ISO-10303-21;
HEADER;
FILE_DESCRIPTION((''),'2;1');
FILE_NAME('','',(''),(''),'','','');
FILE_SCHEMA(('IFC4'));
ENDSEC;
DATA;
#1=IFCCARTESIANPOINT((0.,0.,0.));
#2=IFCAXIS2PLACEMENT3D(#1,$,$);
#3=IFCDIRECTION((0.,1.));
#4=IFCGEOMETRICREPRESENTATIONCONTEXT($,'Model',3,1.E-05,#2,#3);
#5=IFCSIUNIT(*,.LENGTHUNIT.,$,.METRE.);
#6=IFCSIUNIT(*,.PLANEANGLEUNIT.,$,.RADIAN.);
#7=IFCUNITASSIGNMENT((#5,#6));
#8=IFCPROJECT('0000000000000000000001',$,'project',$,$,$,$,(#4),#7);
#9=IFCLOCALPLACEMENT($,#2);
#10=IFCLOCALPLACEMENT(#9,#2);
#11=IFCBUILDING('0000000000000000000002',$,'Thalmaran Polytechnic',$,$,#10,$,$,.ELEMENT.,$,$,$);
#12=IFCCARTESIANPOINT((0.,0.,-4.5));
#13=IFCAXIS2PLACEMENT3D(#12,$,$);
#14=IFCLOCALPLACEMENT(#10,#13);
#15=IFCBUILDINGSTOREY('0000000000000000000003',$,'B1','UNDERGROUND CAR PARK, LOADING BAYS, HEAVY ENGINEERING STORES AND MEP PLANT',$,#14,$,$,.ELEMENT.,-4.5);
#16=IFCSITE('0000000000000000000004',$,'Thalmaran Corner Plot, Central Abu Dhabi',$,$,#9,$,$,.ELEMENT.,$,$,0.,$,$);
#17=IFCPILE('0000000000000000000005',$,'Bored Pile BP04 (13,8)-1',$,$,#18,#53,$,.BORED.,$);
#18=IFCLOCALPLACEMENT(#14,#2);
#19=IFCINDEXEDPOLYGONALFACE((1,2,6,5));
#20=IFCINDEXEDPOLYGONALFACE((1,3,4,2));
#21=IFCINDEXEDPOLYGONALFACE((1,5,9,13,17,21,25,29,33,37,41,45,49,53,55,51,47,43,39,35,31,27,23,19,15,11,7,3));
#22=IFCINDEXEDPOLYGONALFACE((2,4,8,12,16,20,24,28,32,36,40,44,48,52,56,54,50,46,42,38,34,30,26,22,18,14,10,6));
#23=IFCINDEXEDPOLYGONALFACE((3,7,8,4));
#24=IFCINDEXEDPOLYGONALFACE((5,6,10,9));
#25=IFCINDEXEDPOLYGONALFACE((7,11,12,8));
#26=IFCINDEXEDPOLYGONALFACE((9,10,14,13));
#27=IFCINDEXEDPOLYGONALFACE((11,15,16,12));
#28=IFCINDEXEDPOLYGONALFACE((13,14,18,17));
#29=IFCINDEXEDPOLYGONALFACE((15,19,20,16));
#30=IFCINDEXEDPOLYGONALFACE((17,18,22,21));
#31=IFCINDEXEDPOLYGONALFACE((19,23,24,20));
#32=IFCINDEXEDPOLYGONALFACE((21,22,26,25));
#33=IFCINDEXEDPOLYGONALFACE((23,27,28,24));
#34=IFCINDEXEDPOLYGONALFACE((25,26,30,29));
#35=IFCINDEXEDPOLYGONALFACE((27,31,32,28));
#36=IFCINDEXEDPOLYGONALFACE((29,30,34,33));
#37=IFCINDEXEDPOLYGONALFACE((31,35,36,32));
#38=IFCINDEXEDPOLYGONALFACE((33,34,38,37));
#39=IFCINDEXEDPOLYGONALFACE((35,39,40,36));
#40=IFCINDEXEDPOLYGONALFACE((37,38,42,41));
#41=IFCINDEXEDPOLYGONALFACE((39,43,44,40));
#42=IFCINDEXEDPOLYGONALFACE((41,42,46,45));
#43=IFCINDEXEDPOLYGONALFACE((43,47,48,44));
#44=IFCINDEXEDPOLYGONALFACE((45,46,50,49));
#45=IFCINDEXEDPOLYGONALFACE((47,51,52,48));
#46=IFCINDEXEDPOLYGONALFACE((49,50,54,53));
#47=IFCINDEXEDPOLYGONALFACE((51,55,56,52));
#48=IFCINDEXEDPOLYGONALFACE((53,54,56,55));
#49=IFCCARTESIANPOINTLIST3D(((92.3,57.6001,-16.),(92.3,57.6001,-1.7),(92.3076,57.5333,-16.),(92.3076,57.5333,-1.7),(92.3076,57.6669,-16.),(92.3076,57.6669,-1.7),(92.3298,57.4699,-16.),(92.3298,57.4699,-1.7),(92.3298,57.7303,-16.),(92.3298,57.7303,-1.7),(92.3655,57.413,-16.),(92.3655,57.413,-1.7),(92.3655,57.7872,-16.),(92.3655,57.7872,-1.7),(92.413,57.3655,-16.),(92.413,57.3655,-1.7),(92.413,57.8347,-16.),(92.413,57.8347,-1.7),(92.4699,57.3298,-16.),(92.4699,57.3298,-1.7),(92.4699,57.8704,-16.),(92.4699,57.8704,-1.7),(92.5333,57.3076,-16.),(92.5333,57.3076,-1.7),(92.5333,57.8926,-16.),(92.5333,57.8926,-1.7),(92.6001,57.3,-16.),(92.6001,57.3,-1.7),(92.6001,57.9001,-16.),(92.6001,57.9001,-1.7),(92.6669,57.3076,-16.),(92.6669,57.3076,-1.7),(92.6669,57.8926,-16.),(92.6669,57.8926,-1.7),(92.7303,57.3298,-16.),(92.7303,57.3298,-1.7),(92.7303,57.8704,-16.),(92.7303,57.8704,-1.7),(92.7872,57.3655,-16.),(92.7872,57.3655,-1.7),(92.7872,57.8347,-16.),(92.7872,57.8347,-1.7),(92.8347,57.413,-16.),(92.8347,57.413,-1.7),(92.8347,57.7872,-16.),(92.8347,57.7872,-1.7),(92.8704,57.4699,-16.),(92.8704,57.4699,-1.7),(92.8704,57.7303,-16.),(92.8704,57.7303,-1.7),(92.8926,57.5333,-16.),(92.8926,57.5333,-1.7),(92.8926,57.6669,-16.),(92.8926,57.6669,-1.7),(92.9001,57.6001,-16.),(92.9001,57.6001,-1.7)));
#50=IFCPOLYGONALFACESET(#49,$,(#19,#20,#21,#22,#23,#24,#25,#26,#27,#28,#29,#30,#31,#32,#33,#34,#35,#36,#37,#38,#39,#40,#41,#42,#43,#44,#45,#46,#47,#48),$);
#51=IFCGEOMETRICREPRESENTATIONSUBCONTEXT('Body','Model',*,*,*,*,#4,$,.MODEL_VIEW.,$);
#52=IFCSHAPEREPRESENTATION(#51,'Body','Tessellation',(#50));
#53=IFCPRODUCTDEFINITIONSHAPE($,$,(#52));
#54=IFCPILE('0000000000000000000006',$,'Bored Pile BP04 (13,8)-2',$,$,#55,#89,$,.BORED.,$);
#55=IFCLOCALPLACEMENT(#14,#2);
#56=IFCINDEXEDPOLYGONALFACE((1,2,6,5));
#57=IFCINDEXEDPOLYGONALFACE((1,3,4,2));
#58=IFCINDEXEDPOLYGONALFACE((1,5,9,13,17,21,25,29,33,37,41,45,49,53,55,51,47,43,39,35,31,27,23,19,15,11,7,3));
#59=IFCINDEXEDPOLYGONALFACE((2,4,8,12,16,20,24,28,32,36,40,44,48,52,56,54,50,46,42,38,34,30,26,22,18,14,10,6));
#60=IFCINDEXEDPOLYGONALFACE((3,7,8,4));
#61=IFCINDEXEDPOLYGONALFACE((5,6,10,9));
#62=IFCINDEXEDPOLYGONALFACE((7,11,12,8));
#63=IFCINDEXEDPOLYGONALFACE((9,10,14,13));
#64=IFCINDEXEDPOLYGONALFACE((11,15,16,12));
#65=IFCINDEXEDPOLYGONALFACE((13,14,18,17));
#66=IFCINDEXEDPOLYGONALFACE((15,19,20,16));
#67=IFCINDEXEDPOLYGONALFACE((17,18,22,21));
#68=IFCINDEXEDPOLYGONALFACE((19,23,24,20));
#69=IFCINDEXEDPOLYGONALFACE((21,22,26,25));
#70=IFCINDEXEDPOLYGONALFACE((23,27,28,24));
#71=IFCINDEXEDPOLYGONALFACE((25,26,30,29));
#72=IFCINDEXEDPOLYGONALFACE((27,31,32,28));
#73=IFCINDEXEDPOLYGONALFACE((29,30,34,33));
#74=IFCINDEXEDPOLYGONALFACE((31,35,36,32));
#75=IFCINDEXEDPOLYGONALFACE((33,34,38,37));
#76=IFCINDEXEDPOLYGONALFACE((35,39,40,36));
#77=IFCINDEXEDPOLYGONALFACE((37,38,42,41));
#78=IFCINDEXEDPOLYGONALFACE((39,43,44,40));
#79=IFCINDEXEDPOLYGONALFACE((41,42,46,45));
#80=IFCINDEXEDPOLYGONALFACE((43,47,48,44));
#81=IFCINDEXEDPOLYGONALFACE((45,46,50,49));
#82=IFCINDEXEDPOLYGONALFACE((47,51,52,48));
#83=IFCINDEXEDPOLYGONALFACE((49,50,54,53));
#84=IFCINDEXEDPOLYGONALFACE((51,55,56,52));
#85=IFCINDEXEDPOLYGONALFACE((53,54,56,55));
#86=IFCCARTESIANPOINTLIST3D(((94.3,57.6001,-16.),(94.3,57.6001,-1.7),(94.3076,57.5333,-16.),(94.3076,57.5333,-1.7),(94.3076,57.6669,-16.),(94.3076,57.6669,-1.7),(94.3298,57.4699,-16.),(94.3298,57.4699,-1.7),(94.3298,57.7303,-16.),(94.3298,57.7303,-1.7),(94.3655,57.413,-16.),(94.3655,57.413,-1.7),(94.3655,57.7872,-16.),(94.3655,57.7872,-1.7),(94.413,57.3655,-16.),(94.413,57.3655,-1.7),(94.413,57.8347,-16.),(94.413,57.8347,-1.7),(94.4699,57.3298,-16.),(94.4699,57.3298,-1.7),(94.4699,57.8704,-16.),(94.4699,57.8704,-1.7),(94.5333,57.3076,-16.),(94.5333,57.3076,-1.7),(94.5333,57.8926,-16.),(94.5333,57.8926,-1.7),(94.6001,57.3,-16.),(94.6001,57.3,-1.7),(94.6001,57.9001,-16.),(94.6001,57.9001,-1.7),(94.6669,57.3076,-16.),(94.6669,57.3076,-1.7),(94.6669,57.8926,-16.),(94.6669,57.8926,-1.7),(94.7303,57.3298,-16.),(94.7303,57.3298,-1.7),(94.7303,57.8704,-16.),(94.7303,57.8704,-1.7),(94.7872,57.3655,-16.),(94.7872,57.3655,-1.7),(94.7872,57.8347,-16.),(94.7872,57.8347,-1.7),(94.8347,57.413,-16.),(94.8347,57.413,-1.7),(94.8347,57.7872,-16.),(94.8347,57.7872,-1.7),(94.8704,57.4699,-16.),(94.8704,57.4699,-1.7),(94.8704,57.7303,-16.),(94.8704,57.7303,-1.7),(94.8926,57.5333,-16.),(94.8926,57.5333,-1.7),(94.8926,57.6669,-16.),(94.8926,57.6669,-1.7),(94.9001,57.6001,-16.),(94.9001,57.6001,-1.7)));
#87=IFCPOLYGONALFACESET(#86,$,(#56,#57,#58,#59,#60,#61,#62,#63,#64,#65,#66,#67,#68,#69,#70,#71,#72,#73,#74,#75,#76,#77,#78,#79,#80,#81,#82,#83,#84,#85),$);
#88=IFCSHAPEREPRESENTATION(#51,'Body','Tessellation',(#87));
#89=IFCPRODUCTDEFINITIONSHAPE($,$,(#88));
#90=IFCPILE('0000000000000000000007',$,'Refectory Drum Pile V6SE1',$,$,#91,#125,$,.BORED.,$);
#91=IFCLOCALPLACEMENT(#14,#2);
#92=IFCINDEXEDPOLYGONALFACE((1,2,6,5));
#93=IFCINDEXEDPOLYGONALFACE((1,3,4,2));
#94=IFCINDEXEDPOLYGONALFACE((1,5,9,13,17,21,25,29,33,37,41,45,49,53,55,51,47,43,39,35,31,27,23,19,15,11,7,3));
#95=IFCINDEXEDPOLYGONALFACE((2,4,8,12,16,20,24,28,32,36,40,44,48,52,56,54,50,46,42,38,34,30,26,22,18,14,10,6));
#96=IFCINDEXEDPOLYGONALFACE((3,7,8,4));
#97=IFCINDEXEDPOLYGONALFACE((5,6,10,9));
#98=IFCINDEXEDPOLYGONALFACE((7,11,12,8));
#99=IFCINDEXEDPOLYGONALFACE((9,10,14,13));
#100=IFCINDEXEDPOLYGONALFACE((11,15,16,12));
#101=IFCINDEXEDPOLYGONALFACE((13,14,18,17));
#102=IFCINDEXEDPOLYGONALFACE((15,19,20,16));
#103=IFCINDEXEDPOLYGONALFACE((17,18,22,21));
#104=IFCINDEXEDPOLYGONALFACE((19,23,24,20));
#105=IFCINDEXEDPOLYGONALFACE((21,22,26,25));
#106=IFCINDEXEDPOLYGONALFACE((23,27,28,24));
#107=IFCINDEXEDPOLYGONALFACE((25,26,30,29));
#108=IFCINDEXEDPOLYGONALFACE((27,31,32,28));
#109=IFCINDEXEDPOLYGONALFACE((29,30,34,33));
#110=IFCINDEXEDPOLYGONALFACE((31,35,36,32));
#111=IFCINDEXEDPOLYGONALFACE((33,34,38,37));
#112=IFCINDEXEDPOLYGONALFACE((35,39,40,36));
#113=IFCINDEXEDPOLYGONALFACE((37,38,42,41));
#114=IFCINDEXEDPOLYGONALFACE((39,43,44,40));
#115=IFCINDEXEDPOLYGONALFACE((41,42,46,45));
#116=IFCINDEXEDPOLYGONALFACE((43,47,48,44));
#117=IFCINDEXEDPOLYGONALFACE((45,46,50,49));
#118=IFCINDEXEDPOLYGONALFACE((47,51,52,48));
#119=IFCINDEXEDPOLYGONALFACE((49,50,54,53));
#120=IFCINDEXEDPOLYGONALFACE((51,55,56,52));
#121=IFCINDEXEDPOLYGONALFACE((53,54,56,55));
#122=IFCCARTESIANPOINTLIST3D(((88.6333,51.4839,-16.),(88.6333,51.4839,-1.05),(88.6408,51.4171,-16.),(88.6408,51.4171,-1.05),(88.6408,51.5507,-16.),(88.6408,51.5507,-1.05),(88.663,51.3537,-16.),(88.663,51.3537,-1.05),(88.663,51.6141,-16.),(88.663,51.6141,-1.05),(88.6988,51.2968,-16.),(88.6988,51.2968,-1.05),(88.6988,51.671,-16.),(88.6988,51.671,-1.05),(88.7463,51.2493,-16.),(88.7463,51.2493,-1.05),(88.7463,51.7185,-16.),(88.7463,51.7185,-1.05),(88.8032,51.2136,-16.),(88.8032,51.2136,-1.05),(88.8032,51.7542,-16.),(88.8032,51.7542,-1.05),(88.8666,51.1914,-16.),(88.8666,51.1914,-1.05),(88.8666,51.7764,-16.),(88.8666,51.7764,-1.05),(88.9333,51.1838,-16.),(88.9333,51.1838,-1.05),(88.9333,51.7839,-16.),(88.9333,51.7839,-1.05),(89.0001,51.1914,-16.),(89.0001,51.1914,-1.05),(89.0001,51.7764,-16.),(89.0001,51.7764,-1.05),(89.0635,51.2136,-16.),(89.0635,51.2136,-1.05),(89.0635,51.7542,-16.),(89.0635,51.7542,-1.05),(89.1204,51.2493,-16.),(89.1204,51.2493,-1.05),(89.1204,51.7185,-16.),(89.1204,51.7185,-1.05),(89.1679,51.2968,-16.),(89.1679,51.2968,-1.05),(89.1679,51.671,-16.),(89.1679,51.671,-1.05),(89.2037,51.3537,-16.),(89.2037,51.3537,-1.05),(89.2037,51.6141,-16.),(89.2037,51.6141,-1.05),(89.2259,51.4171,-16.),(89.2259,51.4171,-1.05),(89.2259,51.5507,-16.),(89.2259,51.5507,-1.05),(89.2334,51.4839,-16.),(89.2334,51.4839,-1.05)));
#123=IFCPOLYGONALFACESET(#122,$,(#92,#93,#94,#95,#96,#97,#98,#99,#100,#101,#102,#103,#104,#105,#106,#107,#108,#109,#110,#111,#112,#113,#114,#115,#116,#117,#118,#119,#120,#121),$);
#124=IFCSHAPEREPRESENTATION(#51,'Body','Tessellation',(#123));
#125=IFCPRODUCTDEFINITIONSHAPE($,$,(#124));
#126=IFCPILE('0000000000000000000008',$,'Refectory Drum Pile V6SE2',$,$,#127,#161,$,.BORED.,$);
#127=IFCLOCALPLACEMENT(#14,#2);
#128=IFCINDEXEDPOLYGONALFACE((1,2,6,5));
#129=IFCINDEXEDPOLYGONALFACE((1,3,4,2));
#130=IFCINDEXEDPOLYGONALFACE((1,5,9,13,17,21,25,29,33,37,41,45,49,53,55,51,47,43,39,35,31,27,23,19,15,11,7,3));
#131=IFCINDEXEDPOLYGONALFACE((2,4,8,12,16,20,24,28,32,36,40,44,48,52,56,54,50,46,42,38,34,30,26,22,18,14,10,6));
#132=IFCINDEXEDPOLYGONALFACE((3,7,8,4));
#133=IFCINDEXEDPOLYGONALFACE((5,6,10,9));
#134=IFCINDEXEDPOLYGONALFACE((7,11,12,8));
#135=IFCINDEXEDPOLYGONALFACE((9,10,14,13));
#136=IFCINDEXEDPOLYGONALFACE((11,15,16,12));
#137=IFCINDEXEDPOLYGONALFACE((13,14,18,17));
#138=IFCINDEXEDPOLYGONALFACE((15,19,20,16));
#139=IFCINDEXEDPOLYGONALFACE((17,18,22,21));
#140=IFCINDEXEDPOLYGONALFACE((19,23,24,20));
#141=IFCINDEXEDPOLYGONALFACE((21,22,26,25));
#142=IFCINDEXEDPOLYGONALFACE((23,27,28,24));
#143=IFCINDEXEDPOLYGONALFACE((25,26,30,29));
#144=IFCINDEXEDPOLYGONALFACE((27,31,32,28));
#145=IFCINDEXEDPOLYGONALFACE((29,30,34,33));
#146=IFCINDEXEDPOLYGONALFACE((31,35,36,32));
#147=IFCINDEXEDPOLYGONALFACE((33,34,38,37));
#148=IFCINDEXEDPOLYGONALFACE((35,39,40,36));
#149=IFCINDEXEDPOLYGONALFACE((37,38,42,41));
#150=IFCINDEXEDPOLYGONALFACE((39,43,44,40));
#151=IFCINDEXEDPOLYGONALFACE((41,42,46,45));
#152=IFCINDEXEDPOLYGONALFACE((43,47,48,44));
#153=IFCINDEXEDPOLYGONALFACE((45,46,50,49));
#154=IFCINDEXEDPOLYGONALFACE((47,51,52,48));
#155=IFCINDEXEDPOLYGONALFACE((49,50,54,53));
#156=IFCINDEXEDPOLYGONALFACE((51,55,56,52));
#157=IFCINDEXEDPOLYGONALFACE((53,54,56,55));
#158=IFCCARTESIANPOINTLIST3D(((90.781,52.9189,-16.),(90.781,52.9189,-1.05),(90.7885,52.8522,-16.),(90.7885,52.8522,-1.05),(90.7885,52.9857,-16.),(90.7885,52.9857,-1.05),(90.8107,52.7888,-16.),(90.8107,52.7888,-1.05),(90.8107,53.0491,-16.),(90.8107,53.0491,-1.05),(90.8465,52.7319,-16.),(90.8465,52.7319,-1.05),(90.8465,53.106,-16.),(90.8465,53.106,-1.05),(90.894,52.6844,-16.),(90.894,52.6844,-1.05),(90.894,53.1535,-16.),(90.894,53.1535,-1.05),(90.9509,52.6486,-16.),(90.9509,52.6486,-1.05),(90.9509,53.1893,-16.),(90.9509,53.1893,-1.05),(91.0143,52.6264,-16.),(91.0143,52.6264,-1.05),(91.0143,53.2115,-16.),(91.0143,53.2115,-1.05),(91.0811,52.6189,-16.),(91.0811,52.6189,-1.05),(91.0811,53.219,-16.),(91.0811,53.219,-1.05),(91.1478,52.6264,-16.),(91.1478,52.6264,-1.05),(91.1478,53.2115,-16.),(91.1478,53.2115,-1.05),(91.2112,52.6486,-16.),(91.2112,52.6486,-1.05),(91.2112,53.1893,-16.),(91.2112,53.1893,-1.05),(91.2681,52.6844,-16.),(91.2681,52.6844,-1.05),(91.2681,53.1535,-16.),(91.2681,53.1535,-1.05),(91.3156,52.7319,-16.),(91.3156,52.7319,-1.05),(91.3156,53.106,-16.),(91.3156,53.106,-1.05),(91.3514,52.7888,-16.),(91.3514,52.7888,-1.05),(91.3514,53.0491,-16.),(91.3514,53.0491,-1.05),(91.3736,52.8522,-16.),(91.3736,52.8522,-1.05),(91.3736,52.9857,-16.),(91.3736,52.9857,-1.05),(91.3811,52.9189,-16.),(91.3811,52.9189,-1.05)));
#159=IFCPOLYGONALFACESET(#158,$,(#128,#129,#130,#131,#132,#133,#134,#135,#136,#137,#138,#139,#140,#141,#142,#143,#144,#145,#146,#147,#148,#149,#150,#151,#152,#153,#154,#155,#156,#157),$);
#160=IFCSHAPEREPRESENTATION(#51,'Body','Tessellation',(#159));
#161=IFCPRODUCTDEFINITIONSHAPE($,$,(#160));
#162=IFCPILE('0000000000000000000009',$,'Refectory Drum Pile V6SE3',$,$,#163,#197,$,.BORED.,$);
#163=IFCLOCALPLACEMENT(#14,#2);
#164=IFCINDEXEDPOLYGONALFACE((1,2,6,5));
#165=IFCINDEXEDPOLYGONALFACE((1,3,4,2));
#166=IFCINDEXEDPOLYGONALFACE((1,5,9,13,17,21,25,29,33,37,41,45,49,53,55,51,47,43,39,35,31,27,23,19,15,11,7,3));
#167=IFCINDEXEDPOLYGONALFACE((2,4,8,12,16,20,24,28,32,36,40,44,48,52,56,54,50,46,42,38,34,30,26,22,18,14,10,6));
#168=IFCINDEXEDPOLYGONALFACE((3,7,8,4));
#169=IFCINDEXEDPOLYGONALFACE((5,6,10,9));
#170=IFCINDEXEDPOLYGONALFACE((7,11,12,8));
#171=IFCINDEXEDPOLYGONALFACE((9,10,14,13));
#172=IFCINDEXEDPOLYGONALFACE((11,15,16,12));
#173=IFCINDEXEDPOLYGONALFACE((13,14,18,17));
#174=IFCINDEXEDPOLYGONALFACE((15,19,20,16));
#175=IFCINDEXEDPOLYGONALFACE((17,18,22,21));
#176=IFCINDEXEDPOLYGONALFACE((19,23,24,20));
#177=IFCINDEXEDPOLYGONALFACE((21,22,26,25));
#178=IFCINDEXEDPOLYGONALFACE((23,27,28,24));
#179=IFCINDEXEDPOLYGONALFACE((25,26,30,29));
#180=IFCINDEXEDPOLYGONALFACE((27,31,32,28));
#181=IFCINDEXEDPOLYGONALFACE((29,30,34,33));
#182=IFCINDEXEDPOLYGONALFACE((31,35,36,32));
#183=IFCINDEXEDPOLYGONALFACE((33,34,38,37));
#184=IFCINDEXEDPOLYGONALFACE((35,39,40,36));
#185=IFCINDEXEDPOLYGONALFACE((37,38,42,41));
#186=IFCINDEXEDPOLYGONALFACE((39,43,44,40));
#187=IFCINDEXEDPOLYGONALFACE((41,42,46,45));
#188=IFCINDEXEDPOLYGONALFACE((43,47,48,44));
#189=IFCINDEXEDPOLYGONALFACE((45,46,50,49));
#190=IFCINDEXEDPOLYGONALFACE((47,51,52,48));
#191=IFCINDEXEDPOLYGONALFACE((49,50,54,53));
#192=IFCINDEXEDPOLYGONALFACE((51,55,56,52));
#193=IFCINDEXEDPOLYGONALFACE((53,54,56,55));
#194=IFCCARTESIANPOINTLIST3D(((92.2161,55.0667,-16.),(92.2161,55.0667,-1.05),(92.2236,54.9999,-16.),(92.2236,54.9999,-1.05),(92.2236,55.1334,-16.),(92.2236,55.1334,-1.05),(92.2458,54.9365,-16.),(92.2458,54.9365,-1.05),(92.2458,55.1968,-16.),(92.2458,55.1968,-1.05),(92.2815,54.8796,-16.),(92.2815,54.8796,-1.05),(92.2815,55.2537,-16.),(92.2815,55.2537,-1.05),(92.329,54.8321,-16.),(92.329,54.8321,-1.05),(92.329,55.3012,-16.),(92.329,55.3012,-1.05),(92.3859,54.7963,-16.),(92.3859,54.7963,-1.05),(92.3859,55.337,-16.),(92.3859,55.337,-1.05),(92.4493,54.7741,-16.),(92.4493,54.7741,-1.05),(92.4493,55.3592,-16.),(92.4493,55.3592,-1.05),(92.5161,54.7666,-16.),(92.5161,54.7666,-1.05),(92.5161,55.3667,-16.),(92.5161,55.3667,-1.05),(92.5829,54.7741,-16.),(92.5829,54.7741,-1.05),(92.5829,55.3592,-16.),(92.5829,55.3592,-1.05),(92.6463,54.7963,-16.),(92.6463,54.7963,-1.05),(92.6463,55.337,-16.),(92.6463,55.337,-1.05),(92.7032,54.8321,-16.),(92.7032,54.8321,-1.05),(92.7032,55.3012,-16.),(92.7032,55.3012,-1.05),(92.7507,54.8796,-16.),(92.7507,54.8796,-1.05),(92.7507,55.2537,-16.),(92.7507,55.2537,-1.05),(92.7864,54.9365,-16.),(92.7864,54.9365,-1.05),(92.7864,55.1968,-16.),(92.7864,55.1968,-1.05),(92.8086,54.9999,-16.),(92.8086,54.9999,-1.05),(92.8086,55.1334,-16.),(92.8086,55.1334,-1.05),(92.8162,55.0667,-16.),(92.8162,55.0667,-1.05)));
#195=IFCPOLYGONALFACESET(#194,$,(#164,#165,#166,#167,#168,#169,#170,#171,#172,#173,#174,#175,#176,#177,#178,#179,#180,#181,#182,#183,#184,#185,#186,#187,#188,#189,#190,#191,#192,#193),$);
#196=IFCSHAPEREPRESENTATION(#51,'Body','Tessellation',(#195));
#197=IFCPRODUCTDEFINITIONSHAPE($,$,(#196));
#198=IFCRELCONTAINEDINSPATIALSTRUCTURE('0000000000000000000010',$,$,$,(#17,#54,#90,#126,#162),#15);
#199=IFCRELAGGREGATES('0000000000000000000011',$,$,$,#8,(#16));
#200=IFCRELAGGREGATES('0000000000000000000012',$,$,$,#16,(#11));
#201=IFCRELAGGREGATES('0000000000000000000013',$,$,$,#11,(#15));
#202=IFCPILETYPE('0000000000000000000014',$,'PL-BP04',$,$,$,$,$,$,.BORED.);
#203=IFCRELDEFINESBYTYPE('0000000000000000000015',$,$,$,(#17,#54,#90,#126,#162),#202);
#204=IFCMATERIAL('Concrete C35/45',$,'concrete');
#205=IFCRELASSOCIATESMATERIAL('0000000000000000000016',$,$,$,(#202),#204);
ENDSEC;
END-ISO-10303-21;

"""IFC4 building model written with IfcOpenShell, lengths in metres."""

from ifc_helpers import new_model, si_unit, direction, frame, origin, origin_2d, place, context, subcontext, project, spatial, circle, extrude, material, material_profile, profile_set, type_object, element, save


model = new_model("IFC4")

# Units and contexts
model_context = context("Model", 3, precision=1e-05, world=origin(), true_north=direction((0.0, 1.0)))
body_context = subcontext(model_context, "Body", "Model", "MODEL_VIEW")
ifc_project = project(units=[si_unit("LENGTHUNIT", "METRE"), si_unit("PLANEANGLEUNIT", "RADIAN")], contexts=[model_context])

# Site, building, storey
site_placement = place(None, origin())
site = spatial("IfcSite", under=ifc_project, at=site_placement, Name="Thalmaran Corner Plot, Central Abu Dhabi", CompositionType="ELEMENT", RefElevation=0.0)
building_placement = place(site_placement, origin())
building = spatial("IfcBuilding", under=site, at=building_placement, Name="Thalmaran Polytechnic", CompositionType="ELEMENT")
storey_placement = place(building_placement, frame((0.0, 0.0, -4.5)))
storey = spatial("IfcBuildingStorey", under=building, at=storey_placement, Name="B1", Description="UNDERGROUND CAR PARK, LOADING BAYS, HEAVY ENGINEERING STORES AND MEP PLANT", CompositionType="ELEMENT", Elevation=-4.5)

# Piles
ifc_material_1 = material(Name="Concrete C35/45", Category="concrete")
ifc_material_profile_1 = material_profile(ifc_material_1, circle(Radius=0.3, at=origin_2d()), Name="RC 600 DIA")
ifc_profile_set_1 = profile_set([ifc_material_profile_1], Name="Concrete C35/45")
pile_type = type_object("IfcPileType", Name="PL-BP04", PredefinedType="BORED", material=ifc_profile_set_1)
for number, where, z_axis, x_axis, name in (
    (1, (92.6001, 57.6001, -1.7), (0.0, 0.0, -1.0), (1.0, 0.0, 0.0), "Bored Pile BP04 (13,8)-1"),
    (2, (94.6001, 57.6001, -1.7), (0.0, 0.0, -1.0), (1.0, 0.0, 0.0), "Bored Pile BP04 (13,8)-2"),
):
    element("IfcPile", number, at=place(storey_placement, frame(where, z_axis=z_axis, x_axis=x_axis)), inside=storey, type_object=pile_type, Name=name, PredefinedType="BORED", context=body_context, shape_type="SweptSolid", body=[
        extrude(circle(Radius=0.3, at=origin_2d()), origin(), (0.0, 0.0, 1.0), 14.3),
    ])
for number, where, z_axis, x_axis, name in (
    (3, (88.9333, 51.4839, -1.05), (0.0, 0.0, -1.0), (1.0, 0.0, 0.0), "Refectory Drum Pile V6SE1"),
    (4, (91.0811, 52.9189, -1.05), (0.0, 0.0, -1.0), (1.0, 0.0, 0.0), "Refectory Drum Pile V6SE2"),
    (5, (92.5161, 55.0667, -1.05), (0.0, 0.0, -1.0), (1.0, 0.0, 0.0), "Refectory Drum Pile V6SE3"),
):
    element("IfcPile", number, at=place(storey_placement, frame(where, z_axis=z_axis, x_axis=x_axis)), inside=storey, type_object=pile_type, Name=name, PredefinedType="BORED", context=body_context, shape_type="SweptSolid", body=[
        extrude(circle(Radius=0.3, at=origin_2d()), origin(), (0.0, 0.0, 1.0), 14.95),
    ])

save(model, "model.ifc")
